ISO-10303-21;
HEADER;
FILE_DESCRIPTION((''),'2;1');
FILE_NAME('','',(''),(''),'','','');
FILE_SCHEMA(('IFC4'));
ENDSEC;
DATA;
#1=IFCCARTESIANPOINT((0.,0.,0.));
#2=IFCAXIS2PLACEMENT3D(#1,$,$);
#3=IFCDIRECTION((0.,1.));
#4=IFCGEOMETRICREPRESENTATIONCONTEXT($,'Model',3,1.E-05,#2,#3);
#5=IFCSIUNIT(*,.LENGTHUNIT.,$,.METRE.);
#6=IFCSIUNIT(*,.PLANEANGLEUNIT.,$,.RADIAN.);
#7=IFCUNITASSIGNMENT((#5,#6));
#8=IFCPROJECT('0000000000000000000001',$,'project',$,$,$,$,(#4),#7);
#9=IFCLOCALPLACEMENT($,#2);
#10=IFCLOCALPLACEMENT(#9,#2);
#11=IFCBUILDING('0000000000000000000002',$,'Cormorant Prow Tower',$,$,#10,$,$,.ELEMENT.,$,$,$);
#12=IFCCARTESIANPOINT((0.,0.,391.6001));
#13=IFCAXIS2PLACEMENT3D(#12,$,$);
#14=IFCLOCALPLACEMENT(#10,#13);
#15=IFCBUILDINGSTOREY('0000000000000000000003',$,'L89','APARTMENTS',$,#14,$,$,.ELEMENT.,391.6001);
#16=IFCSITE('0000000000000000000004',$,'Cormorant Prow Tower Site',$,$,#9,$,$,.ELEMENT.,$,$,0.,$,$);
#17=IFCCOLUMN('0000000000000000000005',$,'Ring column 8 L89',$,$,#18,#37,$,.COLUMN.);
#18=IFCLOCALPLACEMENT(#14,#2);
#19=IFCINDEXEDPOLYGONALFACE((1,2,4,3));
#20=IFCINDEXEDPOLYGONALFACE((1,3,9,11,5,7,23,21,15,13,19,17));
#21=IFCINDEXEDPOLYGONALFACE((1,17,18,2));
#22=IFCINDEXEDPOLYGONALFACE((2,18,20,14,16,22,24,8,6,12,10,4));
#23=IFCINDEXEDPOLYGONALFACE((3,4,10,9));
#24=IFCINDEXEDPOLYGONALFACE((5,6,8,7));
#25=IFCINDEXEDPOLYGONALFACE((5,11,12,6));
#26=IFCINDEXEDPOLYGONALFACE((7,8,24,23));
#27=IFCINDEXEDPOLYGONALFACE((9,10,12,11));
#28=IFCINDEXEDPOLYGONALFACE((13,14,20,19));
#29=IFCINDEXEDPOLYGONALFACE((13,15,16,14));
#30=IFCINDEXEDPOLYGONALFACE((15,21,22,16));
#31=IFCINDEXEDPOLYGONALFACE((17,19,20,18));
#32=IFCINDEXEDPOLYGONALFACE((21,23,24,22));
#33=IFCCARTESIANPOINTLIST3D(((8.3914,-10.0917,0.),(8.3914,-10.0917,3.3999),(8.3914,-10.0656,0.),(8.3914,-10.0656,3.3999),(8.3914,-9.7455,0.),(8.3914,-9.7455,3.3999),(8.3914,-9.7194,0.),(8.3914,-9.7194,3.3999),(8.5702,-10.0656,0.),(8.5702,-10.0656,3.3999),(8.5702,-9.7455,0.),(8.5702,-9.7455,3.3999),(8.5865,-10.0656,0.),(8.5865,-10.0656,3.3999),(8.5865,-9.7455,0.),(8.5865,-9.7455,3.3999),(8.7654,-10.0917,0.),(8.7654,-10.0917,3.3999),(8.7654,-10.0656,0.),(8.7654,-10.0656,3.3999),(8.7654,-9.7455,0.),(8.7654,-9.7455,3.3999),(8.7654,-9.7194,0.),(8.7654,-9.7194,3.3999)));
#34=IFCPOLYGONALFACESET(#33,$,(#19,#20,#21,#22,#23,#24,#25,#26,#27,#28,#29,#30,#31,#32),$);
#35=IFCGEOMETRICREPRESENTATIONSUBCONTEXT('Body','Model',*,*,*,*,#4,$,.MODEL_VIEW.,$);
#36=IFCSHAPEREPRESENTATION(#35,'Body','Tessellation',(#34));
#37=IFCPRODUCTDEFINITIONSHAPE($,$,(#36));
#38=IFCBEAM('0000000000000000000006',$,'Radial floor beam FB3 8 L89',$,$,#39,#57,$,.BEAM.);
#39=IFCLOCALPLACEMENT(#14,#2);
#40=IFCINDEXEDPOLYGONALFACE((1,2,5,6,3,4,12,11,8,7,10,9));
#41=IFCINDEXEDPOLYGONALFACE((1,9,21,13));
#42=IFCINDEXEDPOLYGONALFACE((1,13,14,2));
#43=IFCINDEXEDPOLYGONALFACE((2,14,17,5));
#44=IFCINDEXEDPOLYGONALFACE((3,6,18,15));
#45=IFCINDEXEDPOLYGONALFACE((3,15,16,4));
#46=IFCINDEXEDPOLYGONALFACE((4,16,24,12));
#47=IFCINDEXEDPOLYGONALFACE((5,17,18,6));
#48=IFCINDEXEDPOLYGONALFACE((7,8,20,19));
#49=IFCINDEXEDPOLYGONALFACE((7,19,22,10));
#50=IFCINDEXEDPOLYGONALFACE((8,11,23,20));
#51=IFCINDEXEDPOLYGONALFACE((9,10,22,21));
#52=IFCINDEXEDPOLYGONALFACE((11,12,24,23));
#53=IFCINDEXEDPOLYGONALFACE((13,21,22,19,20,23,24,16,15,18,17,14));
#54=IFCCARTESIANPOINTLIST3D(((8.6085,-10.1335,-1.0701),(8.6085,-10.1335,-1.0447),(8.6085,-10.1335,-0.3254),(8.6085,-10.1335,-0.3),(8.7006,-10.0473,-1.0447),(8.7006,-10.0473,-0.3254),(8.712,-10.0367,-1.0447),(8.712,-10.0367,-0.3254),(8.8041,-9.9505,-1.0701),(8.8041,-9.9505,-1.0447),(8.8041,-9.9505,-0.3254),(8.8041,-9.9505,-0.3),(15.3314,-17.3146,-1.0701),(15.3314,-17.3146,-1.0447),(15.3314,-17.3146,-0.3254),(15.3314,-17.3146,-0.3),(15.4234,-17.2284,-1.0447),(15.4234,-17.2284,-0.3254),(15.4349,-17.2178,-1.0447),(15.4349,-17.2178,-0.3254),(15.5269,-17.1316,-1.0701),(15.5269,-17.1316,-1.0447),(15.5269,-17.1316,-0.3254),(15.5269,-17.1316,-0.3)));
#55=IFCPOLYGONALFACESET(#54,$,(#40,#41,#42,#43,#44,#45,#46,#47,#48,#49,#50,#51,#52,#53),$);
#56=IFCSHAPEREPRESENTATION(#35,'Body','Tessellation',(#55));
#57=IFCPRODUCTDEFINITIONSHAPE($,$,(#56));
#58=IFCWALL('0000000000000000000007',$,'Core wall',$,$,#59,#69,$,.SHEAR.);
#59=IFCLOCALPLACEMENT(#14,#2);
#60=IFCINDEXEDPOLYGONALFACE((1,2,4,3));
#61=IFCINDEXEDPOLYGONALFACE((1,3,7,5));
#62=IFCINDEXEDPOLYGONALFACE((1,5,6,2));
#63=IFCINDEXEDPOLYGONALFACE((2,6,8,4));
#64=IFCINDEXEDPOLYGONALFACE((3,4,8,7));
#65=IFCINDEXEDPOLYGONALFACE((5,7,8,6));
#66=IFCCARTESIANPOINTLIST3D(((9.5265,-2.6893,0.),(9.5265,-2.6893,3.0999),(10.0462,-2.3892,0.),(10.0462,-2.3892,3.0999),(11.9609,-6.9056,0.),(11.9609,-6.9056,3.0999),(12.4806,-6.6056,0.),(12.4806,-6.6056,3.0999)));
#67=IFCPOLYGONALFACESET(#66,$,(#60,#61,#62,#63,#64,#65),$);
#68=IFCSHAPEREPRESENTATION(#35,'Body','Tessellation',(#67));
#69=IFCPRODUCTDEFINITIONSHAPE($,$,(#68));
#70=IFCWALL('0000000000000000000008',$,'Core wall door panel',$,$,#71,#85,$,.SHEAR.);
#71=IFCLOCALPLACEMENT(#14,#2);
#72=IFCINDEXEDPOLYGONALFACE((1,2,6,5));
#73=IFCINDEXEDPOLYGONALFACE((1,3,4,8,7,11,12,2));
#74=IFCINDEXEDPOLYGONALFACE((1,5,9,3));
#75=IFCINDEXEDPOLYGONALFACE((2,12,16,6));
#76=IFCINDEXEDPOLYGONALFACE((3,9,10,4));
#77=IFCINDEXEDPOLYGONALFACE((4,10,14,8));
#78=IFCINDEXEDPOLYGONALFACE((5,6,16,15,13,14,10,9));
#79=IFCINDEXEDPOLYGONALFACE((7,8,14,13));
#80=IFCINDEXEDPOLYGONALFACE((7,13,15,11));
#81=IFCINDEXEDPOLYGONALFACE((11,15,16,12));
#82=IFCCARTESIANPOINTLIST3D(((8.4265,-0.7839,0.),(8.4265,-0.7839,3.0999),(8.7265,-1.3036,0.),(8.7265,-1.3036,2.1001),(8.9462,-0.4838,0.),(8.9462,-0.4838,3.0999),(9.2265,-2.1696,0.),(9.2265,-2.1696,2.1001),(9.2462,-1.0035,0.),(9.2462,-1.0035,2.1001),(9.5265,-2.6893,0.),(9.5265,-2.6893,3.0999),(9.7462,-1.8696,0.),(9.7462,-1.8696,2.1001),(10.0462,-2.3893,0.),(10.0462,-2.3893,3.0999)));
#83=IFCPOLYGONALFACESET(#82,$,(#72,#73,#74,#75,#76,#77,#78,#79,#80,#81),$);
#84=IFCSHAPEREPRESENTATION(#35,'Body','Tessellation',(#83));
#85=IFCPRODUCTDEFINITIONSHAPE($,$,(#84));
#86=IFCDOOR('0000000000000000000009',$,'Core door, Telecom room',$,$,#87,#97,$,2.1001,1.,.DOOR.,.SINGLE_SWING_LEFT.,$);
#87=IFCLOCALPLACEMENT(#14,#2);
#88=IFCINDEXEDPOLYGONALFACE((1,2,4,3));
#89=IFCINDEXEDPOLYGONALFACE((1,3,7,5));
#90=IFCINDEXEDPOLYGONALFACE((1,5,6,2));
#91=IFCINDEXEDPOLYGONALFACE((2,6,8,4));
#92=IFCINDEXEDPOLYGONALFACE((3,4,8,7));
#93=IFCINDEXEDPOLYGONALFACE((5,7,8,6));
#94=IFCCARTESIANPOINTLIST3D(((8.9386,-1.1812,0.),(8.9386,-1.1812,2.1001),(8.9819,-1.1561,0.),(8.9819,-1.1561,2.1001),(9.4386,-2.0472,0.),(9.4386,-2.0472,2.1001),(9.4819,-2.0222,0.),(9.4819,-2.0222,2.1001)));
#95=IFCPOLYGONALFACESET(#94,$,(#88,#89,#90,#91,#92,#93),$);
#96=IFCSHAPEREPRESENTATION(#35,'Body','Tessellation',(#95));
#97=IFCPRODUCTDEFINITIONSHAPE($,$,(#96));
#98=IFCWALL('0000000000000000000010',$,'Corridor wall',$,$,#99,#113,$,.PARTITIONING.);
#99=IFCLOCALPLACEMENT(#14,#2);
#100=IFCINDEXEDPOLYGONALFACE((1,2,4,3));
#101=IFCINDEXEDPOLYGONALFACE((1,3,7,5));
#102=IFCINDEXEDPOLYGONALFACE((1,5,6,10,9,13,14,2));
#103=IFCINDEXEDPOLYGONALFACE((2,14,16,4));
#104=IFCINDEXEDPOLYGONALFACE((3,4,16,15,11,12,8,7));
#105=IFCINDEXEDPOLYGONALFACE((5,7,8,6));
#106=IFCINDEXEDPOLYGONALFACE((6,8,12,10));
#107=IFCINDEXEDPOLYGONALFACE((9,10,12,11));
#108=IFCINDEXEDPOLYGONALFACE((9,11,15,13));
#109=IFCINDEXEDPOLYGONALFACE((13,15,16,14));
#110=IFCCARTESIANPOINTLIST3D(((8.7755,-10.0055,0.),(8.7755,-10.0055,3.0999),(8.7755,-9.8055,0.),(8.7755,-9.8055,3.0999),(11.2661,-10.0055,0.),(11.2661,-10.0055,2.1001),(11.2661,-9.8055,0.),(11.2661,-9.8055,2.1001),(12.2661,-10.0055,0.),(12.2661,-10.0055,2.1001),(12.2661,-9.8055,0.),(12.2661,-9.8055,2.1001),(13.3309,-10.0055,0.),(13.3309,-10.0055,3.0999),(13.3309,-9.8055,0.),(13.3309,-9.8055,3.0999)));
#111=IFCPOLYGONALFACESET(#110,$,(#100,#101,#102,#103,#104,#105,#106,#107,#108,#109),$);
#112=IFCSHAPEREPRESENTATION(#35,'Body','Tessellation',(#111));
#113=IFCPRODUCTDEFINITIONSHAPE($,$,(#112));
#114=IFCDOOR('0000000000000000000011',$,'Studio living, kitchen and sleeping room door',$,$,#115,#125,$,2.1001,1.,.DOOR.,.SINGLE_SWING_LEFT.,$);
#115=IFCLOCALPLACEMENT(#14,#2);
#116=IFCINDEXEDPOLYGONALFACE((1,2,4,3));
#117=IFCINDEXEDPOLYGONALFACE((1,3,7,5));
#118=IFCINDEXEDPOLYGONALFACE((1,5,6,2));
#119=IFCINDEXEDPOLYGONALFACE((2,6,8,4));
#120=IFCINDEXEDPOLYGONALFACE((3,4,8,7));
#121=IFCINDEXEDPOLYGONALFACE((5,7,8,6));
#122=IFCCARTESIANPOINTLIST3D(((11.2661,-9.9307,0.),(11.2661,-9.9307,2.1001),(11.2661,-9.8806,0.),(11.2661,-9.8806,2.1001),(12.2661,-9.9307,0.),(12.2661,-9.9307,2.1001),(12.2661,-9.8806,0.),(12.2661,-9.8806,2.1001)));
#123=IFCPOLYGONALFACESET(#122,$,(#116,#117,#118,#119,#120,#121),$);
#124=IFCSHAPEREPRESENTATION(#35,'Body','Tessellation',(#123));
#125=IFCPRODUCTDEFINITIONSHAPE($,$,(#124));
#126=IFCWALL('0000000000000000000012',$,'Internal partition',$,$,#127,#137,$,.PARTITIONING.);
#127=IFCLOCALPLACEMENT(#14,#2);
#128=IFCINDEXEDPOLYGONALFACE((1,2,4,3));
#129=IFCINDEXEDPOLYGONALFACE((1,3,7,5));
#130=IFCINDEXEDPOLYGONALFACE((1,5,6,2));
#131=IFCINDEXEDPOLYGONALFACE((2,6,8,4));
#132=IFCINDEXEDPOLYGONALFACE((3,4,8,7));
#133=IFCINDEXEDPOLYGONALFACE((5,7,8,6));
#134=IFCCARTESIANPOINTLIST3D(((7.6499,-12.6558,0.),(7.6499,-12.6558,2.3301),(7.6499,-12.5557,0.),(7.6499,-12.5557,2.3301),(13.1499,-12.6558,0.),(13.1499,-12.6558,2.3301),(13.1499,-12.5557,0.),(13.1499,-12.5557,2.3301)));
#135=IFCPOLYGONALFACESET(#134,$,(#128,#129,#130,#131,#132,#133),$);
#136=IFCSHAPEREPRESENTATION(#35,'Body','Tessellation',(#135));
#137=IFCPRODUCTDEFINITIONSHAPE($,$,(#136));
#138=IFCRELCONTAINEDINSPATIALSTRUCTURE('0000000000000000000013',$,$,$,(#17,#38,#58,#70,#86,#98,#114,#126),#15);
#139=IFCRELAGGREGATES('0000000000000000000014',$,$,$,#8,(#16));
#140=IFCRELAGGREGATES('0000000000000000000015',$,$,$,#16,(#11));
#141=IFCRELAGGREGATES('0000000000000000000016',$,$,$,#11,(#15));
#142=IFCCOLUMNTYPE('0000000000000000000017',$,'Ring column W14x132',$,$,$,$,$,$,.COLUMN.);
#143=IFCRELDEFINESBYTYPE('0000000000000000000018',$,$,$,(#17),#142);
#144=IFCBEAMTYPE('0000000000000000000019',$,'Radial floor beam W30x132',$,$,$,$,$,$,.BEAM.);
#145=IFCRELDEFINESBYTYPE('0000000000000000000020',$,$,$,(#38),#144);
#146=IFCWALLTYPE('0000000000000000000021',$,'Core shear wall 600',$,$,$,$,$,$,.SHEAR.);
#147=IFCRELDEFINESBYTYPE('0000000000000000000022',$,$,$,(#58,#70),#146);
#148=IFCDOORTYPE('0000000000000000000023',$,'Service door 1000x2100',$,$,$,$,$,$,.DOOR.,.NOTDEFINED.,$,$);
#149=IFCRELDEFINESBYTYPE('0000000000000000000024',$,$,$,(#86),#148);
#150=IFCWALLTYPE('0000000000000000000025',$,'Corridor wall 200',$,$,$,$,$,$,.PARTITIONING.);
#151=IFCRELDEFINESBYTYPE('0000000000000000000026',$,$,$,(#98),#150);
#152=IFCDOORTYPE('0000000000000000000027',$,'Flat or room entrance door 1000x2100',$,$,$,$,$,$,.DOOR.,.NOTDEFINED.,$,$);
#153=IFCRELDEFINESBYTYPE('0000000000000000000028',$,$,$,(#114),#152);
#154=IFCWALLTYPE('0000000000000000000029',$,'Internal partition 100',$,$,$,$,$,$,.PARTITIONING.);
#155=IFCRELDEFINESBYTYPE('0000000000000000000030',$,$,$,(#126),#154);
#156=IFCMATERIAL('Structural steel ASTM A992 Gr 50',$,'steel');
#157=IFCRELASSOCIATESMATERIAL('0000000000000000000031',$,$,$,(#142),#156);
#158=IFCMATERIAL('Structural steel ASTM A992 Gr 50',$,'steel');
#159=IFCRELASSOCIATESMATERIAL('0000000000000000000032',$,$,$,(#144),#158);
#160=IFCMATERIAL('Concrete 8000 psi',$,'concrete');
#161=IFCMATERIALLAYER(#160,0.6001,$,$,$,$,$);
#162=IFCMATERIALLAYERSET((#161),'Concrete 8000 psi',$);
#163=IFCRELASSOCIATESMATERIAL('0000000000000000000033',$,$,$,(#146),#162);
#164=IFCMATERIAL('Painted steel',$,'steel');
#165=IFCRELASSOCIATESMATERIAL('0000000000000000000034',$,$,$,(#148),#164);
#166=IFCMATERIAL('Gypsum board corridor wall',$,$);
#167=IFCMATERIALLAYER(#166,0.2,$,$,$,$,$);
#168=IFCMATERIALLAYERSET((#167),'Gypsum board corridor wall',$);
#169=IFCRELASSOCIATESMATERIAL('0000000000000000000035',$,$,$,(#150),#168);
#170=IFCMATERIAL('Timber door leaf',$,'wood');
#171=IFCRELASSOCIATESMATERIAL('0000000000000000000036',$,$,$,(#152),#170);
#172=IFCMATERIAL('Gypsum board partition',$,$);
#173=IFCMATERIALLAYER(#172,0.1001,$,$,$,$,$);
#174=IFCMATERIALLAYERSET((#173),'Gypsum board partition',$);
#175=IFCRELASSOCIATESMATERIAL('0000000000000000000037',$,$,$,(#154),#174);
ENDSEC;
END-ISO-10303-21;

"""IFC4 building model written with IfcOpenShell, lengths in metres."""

from ifc_helpers import new_model, si_unit, direction, frame, frame_2d, origin, origin_2d, place, context, subcontext, project, spatial, rectangle, i_section, extrude, material, layer, layer_set, material_profile, profile_set, type_object, element, fill, save


model = new_model("IFC4")

# Units and contexts
model_context = context("Model", 3, precision=1e-05, world=origin(), true_north=direction((0.0, 1.0)))
body_context = subcontext(model_context, "Body", "Model", "MODEL_VIEW")
ifc_project = project(units=[si_unit("LENGTHUNIT", "METRE"), si_unit("PLANEANGLEUNIT", "RADIAN")], contexts=[model_context])

# Site, building, storey
site_placement = place(None, origin())
site = spatial("IfcSite", under=ifc_project, at=site_placement, Name="Cormorant Prow Tower Site", CompositionType="ELEMENT", RefElevation=0.0)
building_placement = place(site_placement, origin())
building = spatial("IfcBuilding", under=site, at=building_placement, Name="Cormorant Prow Tower", CompositionType="ELEMENT")
storey_placement = place(building_placement, frame((0.0, 0.0, 391.6001)))
storey = spatial("IfcBuildingStorey", under=building, at=storey_placement, Name="L89", Description="APARTMENTS", CompositionType="ELEMENT", Elevation=391.6001)

# Column
ifc_material_1 = material(Name="Structural steel ASTM A992 Gr 50", Category="steel")
ifc_material_profile_1 = material_profile(ifc_material_1, i_section(OverallWidth=0.374, OverallDepth=0.3723, WebThickness=0.0164, FlangeThickness=0.0261, at=origin_2d()), Name="W14x132")
ifc_profile_set_1 = profile_set([ifc_material_profile_1], Name="Structural steel ASTM A992 Gr 50")
column_type = type_object("IfcColumnType", Name="Ring column W14x132", PredefinedType="COLUMN", material=ifc_profile_set_1)
column_placement = place(storey_placement, frame((8.5784, -9.9055, 0.0), z_axis=(0.0, 0.0, 1.0), x_axis=(1.0, 0.0, 0.0)))
element("IfcColumn", 1, at=column_placement, inside=storey, type_object=column_type, Name="Ring column 8 L89", PredefinedType="COLUMN", context=body_context, shape_type="SweptSolid", body=[
    extrude(i_section(OverallWidth=0.374, OverallDepth=0.3723, WebThickness=0.0164, FlangeThickness=0.0261, at=origin_2d()), origin(), (0.0, 0.0, 1.0), 3.3999),
])

# Beam
ifc_material_2 = material(Name="Structural steel ASTM A992 Gr 50", Category="steel")
ifc_material_profile_2 = material_profile(ifc_material_2, i_section(OverallWidth=0.2678, OverallDepth=0.77, WebThickness=0.0156, FlangeThickness=0.0254, at=origin_2d()), Name="W30x132")
ifc_profile_set_2 = profile_set([ifc_material_profile_2], Name="Structural steel ASTM A992 Gr 50")
beam_type = type_object("IfcBeamType", Name="Radial floor beam W30x132", PredefinedType="BEAM", material=ifc_profile_set_2)
beam_placement = place(storey_placement, frame((8.7063, -10.042, -0.6851), z_axis=(0.683431, -0.730015, 0.0), x_axis=(0.730015, 0.683431, 0.0)))
element("IfcBeam", 2, at=beam_placement, inside=storey, type_object=beam_type, Name="Radial floor beam FB3 8 L89", PredefinedType="BEAM", context=body_context, shape_type="SweptSolid", body=[
    extrude(i_section(OverallWidth=0.2678, OverallDepth=0.77, WebThickness=0.0156, FlangeThickness=0.0254, at=origin_2d()), origin(), (0.0, 0.0, 1.0), 9.8369),
])

# Wall
ifc_material_3 = material(Name="Concrete 8000 psi", Category="concrete")
ifc_layer_1 = layer(ifc_material_3, 0.6001)
ifc_layer_set_1 = layer_set([ifc_layer_1], Name="Concrete 8000 psi")
wall_type_1 = type_object("IfcWallType", Name="Core shear wall 600", PredefinedType="SHEAR", material=ifc_layer_set_1)
wall_1_placement = place(storey_placement, frame((12.2207, -6.7556, 0.0), z_axis=(0.0, 0.0, 1.0), x_axis=(-0.500006, 0.866022, 0.0)))
element("IfcWall", 3, at=wall_1_placement, inside=storey, type_object=wall_type_1, Name="Core wall", PredefinedType="SHEAR", context=body_context, shape_type="SweptSolid", body=[
    extrude(rectangle(XDim=4.8687, YDim=0.6001, at=frame_2d((2.4343, 0.0))), origin(), (0.0, 0.0, 1.0), 3.0999),
])

# Walls, openings, doors
wall_2_placement = place(storey_placement, frame((9.7864, -2.5393, 0.0), z_axis=(0.0, 0.0, 1.0), x_axis=(-0.499982, 0.866036, 0.0)))
wall_2 = element("IfcWall", 4, at=wall_2_placement, inside=storey, type_object=wall_type_1, Name="Core wall door panel", PredefinedType="SHEAR", context=body_context, shape_type="SweptSolid", body=[
    extrude(rectangle(XDim=2.2002, YDim=0.6001, at=frame_2d((1.1001, 0.0))), origin(), (0.0, 0.0, 1.0), 3.0999),
])
opening_1_placement = place(wall_2_placement, frame((0.6001, 0.0, 0.0)))
opening_1 = element("IfcOpeningElement", 5, at=opening_1_placement, cuts=wall_2, PredefinedType="OPENING", context=body_context, shape_type="SweptSolid", body=[
    extrude(rectangle(XDim=1.0, YDim=2.1001, at=frame_2d((0.5, 1.05))), frame((0.0, 0.3101, 0.0), z_axis=(0.0, -1.0, 0.0), x_axis=(1.0, 0.0, 0.0)), (0.0, 0.0, 1.0), 0.6201),
])
ifc_material_4 = material(Name="Painted steel", Category="steel")
door_type_1 = type_object("IfcDoorType", Name="Service door 1000x2100", OperationType="NOTDEFINED", PredefinedType="DOOR", material=ifc_material_4)
door_1_placement = place(opening_1_placement, origin())
door_1 = element("IfcDoor", 6, at=door_1_placement, inside=storey, type_object=door_type_1, Name="Core door, Telecom room", OperationType="SINGLE_SWING_LEFT", OverallHeight=2.1001, OverallWidth=1.0, PredefinedType="DOOR", context=body_context, shape_type="SweptSolid", body=[
    extrude(rectangle(XDim=1.0, YDim=2.1001, at=frame_2d((0.5, 1.05))), frame((0.0, 0.0552, 0.0), z_axis=(0.0, -1.0, 0.0), x_axis=(1.0, 0.0, 0.0)), (0.0, 0.0, 1.0), 0.05),
])
fill(opening_1, door_1)
ifc_material_5 = material(Name="Gypsum board corridor wall")
ifc_layer_2 = layer(ifc_material_5, 0.2)
ifc_layer_set_2 = layer_set([ifc_layer_2], Name="Gypsum board corridor wall")
wall_type_2 = type_object("IfcWallType", Name="Corridor wall 200", PredefinedType="PARTITIONING", material=ifc_layer_set_2)
wall_3_placement = place(storey_placement, frame((8.7754, -9.9055, 0.0), z_axis=(0.0, 0.0, 1.0), x_axis=(1.0, 0.0, 0.0)))
wall_3 = element("IfcWall", 7, at=wall_3_placement, inside=storey, type_object=wall_type_2, Name="Corridor wall", PredefinedType="PARTITIONING", context=body_context, shape_type="SweptSolid", body=[
    extrude(rectangle(XDim=4.5554, YDim=0.2, at=frame_2d((2.2778, 0.0))), origin(), (0.0, 0.0, 1.0), 3.0999),
])
opening_2_placement = place(wall_3_placement, frame((2.4907, 0.0, 0.0)))
opening_2 = element("IfcOpeningElement", 8, at=opening_2_placement, cuts=wall_3, PredefinedType="OPENING", context=body_context, shape_type="SweptSolid", body=[
    extrude(rectangle(XDim=1.0, YDim=2.1001, at=frame_2d((0.5, 1.05))), frame((0.0, 0.1099, 0.0), z_axis=(0.0, -1.0, 0.0), x_axis=(1.0, 0.0, 0.0)), (0.0, 0.0, 1.0), 0.22),
])
ifc_material_6 = material(Name="Timber door leaf", Category="wood")
door_type_2 = type_object("IfcDoorType", Name="Flat or room entrance door 1000x2100", OperationType="NOTDEFINED", PredefinedType="DOOR", material=ifc_material_6)
door_2_placement = place(opening_2_placement, origin())
door_2 = element("IfcDoor", 9, at=door_2_placement, inside=storey, type_object=door_type_2, Name="Studio living, kitchen and sleeping room door", OperationType="SINGLE_SWING_LEFT", OverallHeight=2.1001, OverallWidth=1.0, PredefinedType="DOOR", context=body_context, shape_type="SweptSolid", body=[
    extrude(rectangle(XDim=1.0, YDim=2.1001, at=frame_2d((0.5, 1.05))), frame((0.0, 0.0249, 0.0), z_axis=(0.0, -1.0, 0.0), x_axis=(1.0, 0.0, 0.0)), (0.0, 0.0, 1.0), 0.05),
])
fill(opening_2, door_2)

# Wall
ifc_material_7 = material(Name="Gypsum board partition")
ifc_layer_3 = layer(ifc_material_7, 0.1001)
ifc_layer_set_3 = layer_set([ifc_layer_3], Name="Gypsum board partition")
wall_type_3 = type_object("IfcWallType", Name="Internal partition 100", PredefinedType="PARTITIONING", material=ifc_layer_set_3)
wall_4_placement = place(storey_placement, frame((7.6499, -12.6057, 0.0), z_axis=(0.0, 0.0, 1.0), x_axis=(1.0, 0.0, 0.0)))
element("IfcWall", 10, at=wall_4_placement, inside=storey, type_object=wall_type_3, Name="Internal partition", PredefinedType="PARTITIONING", context=body_context, shape_type="SweptSolid", body=[
    extrude(rectangle(XDim=5.5, YDim=0.1001, at=frame_2d((2.75, 0.0))), origin(), (0.0, 0.0, 1.0), 2.3301),
])

save(model, "model.ifc")
